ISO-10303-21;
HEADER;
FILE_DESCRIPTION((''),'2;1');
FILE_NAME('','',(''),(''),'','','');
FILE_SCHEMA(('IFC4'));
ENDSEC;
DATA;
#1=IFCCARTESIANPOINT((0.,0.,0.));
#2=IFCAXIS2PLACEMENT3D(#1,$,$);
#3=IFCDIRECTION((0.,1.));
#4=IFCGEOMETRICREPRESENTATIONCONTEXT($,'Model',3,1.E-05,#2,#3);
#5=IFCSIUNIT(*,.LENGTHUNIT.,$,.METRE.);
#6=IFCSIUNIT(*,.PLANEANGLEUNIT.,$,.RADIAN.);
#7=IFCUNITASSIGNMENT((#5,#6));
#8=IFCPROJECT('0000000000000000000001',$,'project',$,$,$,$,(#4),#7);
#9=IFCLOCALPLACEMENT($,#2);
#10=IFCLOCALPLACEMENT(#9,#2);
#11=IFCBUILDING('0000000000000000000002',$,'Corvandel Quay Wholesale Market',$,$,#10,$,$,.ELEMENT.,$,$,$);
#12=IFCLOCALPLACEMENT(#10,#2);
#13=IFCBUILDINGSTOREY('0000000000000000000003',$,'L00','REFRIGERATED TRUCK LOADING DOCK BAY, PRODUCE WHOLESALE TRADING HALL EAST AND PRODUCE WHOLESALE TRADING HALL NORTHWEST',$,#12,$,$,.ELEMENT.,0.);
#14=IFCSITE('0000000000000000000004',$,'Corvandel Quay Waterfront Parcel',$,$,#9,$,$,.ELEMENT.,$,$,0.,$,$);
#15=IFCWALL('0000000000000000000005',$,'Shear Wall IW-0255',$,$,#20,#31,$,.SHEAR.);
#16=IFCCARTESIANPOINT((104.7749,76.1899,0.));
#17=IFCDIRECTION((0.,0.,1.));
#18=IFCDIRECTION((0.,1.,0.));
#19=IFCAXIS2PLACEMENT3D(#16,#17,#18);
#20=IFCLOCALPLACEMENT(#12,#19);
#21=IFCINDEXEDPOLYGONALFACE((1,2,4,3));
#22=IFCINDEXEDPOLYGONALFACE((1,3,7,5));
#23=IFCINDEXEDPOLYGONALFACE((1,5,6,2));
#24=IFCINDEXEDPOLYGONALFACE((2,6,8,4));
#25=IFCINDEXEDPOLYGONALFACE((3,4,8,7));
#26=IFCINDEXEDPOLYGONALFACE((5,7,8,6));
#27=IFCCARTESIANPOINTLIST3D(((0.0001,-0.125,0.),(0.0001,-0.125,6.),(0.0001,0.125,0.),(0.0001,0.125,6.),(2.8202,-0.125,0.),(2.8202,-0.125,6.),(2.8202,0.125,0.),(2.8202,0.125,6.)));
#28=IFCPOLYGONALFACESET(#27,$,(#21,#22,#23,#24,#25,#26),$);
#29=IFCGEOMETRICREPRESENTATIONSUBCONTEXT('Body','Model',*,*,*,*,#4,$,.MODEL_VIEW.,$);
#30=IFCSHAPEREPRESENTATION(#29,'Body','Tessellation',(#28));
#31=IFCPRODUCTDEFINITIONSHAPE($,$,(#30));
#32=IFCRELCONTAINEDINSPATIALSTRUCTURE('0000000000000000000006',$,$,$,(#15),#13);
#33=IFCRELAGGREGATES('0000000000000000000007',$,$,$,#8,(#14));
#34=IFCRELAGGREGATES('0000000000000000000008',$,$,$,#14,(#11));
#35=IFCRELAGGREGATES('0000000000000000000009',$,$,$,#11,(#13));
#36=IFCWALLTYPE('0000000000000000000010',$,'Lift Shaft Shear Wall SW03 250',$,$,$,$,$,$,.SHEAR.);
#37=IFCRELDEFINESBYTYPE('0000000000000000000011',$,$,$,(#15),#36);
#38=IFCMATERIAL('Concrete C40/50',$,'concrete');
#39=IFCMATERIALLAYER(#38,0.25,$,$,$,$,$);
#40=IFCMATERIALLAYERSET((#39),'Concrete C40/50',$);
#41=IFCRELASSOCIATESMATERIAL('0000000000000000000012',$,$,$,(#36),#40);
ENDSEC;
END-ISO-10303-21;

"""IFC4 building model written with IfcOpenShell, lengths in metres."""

from ifc_helpers import new_model, si_unit, direction, frame, frame_2d, origin, place, context, subcontext, project, spatial, rectangle, extrude, material, layer, layer_set, type_object, element, save


model = new_model("IFC4")

# Units and contexts
model_context = context("Model", 3, precision=1e-05, world=origin(), true_north=direction((0.0, 1.0)))
body_context = subcontext(model_context, "Body", "Model", "MODEL_VIEW")
ifc_project = project(units=[si_unit("LENGTHUNIT", "METRE"), si_unit("PLANEANGLEUNIT", "RADIAN")], contexts=[model_context])

# Site, building, storey
site_placement = place(None, origin())
site = spatial("IfcSite", under=ifc_project, at=site_placement, Name="Corvandel Quay Waterfront Parcel", CompositionType="ELEMENT", RefElevation=0.0)
building_placement = place(site_placement, origin())
building = spatial("IfcBuilding", under=site, at=building_placement, Name="Corvandel Quay Wholesale Market", CompositionType="ELEMENT")
storey_placement = place(building_placement, origin())
storey = spatial("IfcBuildingStorey", under=building, at=storey_placement, Name="L00", Description="REFRIGERATED TRUCK LOADING DOCK BAY, PRODUCE WHOLESALE TRADING HALL EAST AND PRODUCE WHOLESALE TRADING HALL NORTHWEST", CompositionType="ELEMENT", Elevation=0.0)

# Shared definitions
ifc_material_1 = material(Name="Concrete C40/50", Category="concrete")

# Wall
ifc_layer_1 = layer(ifc_material_1, 0.25)
ifc_layer_set_1 = layer_set([ifc_layer_1], Name="Concrete C40/50")
wall_type_1 = type_object("IfcWallType", Name="Lift Shaft Shear Wall SW03 250", PredefinedType="SHEAR", material=ifc_layer_set_1)
wall_1_placement = place(storey_placement, frame((104.7749, 76.1899, 0.0), z_axis=(0.0, 0.0, 1.0), x_axis=(0.0, 1.0, 0.0)))
element("IfcWall", 1, at=wall_1_placement, inside=storey, type_object=wall_type_1, Name="Shear Wall IW-0255", PredefinedType="SHEAR", context=body_context, shape_type="SweptSolid", body=[
    extrude(rectangle(XDim=2.8201, YDim=0.25, at=frame_2d((1.4102, 0.0))), origin(), (0.0, 0.0, 1.0), 6.0),
])

save(model, "model.ifc")
